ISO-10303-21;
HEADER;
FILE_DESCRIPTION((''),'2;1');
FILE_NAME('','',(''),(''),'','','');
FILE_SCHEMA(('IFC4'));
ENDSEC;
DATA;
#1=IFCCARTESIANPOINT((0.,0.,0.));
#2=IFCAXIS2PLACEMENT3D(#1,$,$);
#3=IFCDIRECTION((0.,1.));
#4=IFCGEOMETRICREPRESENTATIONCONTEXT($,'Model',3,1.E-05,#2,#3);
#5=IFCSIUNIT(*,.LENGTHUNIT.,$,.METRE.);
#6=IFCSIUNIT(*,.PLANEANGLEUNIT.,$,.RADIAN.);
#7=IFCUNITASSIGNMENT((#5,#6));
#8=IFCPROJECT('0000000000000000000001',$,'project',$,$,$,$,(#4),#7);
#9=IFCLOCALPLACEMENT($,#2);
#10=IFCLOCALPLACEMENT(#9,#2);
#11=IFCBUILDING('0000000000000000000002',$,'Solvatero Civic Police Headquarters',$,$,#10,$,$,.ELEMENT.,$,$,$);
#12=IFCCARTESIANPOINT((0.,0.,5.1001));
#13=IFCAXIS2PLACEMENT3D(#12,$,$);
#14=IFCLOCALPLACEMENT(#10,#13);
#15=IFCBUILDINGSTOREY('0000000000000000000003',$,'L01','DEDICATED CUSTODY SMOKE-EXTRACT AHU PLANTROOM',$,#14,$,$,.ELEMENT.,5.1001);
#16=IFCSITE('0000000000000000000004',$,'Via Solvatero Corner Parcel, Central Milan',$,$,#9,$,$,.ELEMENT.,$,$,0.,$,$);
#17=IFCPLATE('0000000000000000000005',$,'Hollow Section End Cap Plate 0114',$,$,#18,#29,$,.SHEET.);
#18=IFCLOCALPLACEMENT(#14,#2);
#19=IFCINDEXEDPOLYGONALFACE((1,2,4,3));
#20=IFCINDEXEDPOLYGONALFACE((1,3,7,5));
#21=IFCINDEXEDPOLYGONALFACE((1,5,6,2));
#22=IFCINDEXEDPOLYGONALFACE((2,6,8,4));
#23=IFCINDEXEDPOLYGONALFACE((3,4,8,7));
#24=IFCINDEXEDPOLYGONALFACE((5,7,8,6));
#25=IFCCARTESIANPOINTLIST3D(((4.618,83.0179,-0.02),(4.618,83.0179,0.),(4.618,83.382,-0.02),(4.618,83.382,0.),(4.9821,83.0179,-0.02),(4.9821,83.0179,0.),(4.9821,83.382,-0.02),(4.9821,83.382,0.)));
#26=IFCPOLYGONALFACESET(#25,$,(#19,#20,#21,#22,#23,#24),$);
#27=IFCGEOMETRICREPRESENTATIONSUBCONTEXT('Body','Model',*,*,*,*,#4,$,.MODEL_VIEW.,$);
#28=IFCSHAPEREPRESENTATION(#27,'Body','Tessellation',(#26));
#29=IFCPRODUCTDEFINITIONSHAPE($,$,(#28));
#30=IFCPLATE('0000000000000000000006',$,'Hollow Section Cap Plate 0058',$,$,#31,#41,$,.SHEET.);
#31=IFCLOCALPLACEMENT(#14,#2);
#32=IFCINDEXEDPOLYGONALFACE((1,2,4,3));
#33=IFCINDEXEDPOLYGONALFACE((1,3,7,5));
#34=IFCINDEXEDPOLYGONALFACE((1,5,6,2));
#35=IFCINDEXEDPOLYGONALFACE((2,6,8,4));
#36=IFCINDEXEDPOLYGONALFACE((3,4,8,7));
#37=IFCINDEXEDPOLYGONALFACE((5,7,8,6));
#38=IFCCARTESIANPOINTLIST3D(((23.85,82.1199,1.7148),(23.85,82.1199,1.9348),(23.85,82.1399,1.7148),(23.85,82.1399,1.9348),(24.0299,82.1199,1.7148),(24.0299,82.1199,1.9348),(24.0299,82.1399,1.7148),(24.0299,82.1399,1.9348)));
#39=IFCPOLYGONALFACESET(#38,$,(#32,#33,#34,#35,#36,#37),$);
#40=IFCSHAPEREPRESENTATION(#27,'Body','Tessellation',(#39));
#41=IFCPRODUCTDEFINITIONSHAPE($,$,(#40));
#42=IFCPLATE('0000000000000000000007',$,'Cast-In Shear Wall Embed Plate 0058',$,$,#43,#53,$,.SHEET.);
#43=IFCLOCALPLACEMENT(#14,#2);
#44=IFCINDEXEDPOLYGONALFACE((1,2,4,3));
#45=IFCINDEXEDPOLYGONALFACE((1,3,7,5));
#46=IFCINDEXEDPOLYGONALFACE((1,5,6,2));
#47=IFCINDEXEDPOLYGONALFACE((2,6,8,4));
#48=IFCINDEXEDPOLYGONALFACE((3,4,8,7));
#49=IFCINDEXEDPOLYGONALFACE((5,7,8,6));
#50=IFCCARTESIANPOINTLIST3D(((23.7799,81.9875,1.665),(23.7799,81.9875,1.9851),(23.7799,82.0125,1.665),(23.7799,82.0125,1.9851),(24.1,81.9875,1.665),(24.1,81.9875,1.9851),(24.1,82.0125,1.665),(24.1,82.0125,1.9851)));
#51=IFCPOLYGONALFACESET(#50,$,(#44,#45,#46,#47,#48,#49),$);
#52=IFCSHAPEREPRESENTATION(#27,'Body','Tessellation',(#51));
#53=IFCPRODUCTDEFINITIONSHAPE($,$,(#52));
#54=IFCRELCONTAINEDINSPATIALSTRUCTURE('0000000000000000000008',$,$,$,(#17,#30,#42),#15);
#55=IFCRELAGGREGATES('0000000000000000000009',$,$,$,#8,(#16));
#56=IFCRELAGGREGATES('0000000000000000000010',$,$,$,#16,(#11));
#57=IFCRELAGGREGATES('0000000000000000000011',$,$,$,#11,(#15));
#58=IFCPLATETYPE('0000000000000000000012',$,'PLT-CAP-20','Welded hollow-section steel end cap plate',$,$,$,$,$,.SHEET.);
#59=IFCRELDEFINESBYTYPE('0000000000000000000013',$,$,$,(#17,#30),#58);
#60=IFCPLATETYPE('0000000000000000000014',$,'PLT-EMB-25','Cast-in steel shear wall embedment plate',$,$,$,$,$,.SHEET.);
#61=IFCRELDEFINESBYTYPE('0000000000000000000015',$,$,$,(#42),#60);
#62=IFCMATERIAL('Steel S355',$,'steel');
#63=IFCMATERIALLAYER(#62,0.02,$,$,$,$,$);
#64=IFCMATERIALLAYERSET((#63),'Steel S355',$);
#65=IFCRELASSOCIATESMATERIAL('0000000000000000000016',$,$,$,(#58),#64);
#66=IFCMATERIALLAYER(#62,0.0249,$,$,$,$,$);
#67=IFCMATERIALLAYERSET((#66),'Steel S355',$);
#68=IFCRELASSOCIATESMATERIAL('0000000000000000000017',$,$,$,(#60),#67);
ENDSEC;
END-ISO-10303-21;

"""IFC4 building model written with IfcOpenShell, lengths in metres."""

from ifc_helpers import new_model, si_unit, direction, frame, origin, origin_2d, place, context, subcontext, project, spatial, rectangle, extrude, material, layer, layer_set, type_object, element, save


model = new_model("IFC4")

# Units and contexts
model_context = context("Model", 3, precision=1e-05, world=origin(), true_north=direction((0.0, 1.0)))
body_context = subcontext(model_context, "Body", "Model", "MODEL_VIEW")
ifc_project = project(units=[si_unit("LENGTHUNIT", "METRE"), si_unit("PLANEANGLEUNIT", "RADIAN")], contexts=[model_context])

# Site, building, storey
site_placement = place(None, origin())
site = spatial("IfcSite", under=ifc_project, at=site_placement, Name="Via Solvatero Corner Parcel, Central Milan", CompositionType="ELEMENT", RefElevation=0.0)
building_placement = place(site_placement, origin())
building = spatial("IfcBuilding", under=site, at=building_placement, Name="Solvatero Civic Police Headquarters", CompositionType="ELEMENT")
storey_placement = place(building_placement, frame((0.0, 0.0, 5.1001)))
storey = spatial("IfcBuildingStorey", under=building, at=storey_placement, Name="L01", Description="DEDICATED CUSTODY SMOKE-EXTRACT AHU PLANTROOM", CompositionType="ELEMENT", Elevation=5.1001)

# Shared definitions
ifc_material_1 = material(Name="Steel S355", Category="steel")

# Plates
ifc_layer_1 = layer(ifc_material_1, 0.02)
ifc_layer_set_1 = layer_set([ifc_layer_1], Name="Steel S355")
plate_type_1 = type_object("IfcPlateType", Name="PLT-CAP-20", Description="Welded hollow-section steel end cap plate", PredefinedType="SHEET", material=ifc_layer_set_1)
for number, where, z_axis, x_axis, name in (
    (1, (4.8, 83.2, -0.02), (0.0, 0.0, 1.0), (1.0, 0.0, 0.0), "Hollow Section End Cap Plate 0114"),
):
    element("IfcPlate", number, at=place(storey_placement, frame(where, z_axis=z_axis, x_axis=x_axis)), inside=storey, type_object=plate_type_1, Name=name, PredefinedType="SHEET", context=body_context, shape_type="SweptSolid", body=[
        extrude(rectangle(XDim=0.364, YDim=0.364, at=origin_2d()), origin(), (0.0, 0.0, 1.0), 0.02),
    ])
plate_1_placement = place(storey_placement, frame((23.9399, 82.1299, 1.7148), z_axis=(0.0, 0.0, 1.0), x_axis=(1.0, 0.0, 0.0)))
element("IfcPlate", 2, at=plate_1_placement, inside=storey, type_object=plate_type_1, Name="Hollow Section Cap Plate 0058", PredefinedType="SHEET", context=body_context, shape_type="SweptSolid", body=[
    extrude(rectangle(XDim=0.1799, YDim=0.02, at=origin_2d()), origin(), (0.0, 0.0, 1.0), 0.22),
])
ifc_layer_2 = layer(ifc_material_1, 0.0249)
ifc_layer_set_2 = layer_set([ifc_layer_2], Name="Steel S355")
plate_type_2 = type_object("IfcPlateType", Name="PLT-EMB-25", Description="Cast-in steel shear wall embedment plate", PredefinedType="SHEET", material=ifc_layer_set_2)
plate_2_placement = place(storey_placement, frame((23.9399, 82.0, 1.665), z_axis=(0.0, 0.0, 1.0), x_axis=(1.0, 0.0, 0.0)))
element("IfcPlate", 3, at=plate_2_placement, inside=storey, type_object=plate_type_2, Name="Cast-In Shear Wall Embed Plate 0058", PredefinedType="SHEET", context=body_context, shape_type="SweptSolid", body=[
    extrude(rectangle(XDim=0.3201, YDim=0.0249, at=origin_2d()), origin(), (0.0, 0.0, 1.0), 0.3201),
])

save(model, "model.ifc")
